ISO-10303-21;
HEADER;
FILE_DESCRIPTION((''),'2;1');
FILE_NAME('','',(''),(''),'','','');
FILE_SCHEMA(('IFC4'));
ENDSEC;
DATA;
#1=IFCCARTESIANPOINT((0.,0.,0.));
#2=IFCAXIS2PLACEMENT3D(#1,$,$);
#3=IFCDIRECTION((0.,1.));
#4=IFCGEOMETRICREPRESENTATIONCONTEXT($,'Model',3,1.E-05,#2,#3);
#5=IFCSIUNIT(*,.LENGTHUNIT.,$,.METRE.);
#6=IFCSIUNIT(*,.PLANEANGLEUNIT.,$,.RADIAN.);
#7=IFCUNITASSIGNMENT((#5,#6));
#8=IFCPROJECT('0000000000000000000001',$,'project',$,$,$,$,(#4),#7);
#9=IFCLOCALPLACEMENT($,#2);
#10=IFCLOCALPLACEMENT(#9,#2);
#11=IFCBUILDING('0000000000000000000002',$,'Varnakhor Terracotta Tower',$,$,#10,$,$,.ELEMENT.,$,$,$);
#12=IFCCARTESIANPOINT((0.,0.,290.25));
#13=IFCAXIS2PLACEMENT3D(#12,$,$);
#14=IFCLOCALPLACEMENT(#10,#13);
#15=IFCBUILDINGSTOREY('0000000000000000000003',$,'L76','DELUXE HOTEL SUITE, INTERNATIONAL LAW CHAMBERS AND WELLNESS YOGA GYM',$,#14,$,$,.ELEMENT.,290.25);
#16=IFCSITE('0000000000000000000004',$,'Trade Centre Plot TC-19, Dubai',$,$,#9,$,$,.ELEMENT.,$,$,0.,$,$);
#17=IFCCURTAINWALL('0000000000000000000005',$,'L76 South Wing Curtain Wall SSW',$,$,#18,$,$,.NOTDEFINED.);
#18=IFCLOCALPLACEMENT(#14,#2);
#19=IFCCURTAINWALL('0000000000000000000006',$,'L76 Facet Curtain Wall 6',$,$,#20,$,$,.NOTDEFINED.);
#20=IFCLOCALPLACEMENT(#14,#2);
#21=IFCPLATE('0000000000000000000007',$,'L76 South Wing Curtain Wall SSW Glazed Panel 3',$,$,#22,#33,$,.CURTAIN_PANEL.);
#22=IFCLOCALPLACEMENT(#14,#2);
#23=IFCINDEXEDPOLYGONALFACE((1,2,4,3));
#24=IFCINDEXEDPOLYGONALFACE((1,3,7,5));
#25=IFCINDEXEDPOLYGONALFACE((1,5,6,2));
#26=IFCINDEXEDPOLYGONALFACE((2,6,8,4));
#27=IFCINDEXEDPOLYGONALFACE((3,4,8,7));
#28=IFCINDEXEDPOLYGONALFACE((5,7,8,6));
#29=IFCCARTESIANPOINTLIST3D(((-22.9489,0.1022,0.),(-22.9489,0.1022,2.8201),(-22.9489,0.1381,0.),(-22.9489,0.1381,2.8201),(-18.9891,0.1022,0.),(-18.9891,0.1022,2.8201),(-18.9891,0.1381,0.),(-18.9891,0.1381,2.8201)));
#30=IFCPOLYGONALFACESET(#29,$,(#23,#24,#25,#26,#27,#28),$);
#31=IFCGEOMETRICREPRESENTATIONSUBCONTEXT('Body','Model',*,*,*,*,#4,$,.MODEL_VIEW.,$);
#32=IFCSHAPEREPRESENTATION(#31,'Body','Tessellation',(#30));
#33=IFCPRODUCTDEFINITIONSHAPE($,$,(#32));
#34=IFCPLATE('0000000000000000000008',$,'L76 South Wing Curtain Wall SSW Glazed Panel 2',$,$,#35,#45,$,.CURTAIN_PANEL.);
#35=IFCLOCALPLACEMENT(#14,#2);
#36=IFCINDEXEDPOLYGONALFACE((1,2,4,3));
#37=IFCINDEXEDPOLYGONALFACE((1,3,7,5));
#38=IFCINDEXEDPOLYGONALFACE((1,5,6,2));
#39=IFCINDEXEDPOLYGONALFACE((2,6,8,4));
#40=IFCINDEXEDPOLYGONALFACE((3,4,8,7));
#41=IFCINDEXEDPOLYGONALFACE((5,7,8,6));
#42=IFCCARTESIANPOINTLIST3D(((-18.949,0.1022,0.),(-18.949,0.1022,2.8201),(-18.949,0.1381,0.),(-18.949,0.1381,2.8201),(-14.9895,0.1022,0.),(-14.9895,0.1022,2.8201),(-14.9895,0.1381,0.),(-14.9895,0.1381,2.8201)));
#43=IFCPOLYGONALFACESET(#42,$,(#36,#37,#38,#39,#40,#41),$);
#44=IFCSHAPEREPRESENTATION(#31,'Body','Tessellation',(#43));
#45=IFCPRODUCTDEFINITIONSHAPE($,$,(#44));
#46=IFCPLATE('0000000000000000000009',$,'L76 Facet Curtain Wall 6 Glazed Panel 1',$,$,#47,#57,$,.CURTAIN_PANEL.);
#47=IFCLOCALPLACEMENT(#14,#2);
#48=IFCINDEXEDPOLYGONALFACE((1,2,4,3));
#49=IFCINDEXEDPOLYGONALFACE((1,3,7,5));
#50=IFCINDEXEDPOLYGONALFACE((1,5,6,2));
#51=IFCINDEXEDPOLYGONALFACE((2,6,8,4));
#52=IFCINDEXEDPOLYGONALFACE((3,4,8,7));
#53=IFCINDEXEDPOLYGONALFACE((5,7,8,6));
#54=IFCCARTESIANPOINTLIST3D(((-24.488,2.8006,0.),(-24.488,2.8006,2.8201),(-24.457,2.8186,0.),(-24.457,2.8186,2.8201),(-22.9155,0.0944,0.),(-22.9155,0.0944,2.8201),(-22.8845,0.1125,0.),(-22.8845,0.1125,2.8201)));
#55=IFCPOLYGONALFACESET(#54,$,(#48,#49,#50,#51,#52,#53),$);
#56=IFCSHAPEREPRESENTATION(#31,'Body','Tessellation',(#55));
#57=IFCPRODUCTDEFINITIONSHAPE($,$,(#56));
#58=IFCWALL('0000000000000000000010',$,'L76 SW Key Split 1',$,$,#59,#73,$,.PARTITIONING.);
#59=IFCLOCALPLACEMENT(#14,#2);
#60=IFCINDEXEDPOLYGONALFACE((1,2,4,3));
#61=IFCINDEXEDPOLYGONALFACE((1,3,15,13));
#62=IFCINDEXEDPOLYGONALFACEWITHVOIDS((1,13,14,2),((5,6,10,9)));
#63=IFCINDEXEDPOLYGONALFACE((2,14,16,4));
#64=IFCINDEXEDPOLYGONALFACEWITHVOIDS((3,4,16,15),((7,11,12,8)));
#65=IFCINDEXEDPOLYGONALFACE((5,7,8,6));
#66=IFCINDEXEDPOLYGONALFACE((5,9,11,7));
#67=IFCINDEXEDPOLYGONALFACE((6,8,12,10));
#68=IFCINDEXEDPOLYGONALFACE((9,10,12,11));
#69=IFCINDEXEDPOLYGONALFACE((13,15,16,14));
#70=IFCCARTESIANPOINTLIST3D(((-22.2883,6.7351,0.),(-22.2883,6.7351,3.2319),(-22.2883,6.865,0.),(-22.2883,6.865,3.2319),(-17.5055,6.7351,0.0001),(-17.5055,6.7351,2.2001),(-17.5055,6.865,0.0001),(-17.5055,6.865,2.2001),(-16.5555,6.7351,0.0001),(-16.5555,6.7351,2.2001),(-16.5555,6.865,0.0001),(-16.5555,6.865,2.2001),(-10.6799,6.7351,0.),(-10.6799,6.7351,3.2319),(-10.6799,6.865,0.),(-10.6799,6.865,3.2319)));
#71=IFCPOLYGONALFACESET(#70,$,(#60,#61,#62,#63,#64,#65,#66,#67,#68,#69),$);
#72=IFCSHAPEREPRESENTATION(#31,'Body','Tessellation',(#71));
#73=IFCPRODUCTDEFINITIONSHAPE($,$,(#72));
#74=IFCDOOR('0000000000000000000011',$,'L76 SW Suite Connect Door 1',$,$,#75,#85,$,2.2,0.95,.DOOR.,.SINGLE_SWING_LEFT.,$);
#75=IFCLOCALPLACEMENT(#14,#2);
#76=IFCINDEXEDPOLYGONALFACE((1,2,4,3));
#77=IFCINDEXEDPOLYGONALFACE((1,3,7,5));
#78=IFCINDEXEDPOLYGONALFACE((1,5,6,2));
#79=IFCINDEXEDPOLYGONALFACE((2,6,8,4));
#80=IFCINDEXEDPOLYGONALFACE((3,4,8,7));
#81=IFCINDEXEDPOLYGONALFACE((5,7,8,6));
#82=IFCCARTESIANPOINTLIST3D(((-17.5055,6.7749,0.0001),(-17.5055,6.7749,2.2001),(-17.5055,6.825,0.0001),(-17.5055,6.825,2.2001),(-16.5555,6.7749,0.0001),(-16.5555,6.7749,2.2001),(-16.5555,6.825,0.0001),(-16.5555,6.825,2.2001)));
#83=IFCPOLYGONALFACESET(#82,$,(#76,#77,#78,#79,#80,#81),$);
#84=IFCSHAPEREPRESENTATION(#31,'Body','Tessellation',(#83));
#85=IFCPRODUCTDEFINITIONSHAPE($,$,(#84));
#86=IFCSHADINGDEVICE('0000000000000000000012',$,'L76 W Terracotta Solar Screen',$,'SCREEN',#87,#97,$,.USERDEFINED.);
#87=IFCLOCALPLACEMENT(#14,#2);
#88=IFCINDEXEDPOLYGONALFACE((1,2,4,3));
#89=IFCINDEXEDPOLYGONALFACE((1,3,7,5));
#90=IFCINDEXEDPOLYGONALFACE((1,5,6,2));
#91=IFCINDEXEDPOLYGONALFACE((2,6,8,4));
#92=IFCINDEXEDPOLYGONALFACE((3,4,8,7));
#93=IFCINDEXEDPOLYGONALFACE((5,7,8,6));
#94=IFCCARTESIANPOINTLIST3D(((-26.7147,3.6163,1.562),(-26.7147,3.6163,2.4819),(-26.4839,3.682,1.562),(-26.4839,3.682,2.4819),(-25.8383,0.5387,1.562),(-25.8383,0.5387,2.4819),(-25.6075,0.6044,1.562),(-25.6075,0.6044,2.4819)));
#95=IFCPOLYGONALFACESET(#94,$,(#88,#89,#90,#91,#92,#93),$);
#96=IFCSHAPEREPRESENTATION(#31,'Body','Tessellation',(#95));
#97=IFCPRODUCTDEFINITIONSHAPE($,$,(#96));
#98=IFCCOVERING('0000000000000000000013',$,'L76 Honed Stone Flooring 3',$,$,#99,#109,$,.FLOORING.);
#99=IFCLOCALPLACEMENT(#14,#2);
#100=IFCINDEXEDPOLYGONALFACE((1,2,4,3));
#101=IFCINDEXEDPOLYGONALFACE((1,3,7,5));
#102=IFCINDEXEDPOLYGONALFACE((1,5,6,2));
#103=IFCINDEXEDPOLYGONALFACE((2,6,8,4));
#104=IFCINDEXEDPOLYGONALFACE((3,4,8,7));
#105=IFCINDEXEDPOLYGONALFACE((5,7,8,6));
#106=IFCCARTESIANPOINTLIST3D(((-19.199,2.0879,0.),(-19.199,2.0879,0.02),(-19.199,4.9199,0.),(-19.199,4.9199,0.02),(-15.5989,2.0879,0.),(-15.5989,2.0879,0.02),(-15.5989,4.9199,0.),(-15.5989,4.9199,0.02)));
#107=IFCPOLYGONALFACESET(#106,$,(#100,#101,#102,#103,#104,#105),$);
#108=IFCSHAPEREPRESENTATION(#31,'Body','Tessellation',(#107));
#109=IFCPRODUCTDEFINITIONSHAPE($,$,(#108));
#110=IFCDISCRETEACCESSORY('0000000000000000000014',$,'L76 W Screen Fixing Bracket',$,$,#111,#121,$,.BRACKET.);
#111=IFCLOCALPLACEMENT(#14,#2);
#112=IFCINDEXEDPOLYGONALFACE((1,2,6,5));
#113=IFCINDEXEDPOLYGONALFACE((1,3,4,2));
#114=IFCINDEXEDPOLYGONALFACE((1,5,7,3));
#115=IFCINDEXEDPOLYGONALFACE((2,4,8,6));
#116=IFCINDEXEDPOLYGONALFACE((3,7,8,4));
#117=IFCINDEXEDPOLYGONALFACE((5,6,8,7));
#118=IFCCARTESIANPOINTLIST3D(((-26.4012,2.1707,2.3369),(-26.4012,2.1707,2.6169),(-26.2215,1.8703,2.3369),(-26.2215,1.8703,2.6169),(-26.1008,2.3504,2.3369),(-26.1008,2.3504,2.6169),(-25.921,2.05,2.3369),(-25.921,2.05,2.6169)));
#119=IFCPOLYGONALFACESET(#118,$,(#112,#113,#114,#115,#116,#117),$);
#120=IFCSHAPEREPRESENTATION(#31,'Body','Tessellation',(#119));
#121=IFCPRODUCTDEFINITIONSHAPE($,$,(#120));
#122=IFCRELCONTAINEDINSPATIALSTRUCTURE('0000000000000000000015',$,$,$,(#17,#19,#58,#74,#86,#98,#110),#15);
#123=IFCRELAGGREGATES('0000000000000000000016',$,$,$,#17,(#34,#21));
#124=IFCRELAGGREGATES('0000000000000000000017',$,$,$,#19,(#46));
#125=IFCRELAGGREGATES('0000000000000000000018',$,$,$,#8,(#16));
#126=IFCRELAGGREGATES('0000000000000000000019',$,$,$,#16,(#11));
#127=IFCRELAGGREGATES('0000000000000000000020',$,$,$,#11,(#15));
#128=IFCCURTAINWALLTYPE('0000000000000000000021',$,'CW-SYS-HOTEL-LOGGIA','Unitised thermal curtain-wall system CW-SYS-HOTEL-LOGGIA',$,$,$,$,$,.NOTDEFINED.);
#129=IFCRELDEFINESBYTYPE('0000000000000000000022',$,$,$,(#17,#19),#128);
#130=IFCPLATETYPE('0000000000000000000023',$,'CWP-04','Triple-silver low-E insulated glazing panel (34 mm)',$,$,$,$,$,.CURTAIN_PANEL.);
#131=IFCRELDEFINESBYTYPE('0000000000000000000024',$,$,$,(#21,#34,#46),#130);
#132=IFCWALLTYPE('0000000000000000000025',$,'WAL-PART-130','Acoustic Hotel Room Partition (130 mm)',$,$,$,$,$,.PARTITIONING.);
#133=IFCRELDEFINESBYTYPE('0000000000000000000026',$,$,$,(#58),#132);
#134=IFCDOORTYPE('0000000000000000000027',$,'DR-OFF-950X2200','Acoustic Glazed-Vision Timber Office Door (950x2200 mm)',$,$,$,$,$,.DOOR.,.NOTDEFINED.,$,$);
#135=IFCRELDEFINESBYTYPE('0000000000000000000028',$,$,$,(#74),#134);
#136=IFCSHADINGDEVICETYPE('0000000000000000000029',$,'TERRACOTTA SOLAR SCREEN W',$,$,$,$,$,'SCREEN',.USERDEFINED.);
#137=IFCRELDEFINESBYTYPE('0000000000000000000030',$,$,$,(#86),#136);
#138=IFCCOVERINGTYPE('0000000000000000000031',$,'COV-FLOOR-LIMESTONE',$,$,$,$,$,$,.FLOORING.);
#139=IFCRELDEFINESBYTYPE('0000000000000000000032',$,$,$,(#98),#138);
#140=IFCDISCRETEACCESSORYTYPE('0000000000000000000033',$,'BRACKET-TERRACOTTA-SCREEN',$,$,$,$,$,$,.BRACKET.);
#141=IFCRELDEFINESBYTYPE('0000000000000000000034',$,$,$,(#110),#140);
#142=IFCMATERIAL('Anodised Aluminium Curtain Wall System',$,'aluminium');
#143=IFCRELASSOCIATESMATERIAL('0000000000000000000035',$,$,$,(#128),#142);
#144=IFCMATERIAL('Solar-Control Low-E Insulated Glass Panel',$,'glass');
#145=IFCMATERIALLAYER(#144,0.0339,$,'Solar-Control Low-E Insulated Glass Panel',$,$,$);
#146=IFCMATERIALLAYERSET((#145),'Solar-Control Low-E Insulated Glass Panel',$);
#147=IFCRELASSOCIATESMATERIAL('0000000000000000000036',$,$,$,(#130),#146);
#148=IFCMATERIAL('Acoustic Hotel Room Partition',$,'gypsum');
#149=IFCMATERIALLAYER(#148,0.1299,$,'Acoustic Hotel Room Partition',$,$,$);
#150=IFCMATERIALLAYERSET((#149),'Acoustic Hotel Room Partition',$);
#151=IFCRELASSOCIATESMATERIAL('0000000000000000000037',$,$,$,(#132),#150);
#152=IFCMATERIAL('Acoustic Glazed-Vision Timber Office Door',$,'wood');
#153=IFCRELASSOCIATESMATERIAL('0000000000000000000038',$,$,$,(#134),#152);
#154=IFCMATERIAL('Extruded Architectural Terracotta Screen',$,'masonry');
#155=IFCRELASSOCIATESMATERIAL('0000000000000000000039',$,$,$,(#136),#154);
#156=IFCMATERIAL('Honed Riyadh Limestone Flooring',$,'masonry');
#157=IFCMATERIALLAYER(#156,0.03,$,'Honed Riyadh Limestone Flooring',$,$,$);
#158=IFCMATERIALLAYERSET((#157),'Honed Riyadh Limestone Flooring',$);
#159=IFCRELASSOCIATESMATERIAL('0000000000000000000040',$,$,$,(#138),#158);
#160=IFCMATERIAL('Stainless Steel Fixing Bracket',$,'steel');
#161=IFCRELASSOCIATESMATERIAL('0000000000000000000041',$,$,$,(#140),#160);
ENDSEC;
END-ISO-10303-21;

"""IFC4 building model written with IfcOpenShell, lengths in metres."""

from ifc_helpers import new_model, si_unit, direction, frame, frame_2d, origin, origin_2d, place, context, subcontext, project, spatial, rectangle, extrude, source, transform, mapped, material, layer, layer_set, type_object, type_shapes, element, fill, aggregate, save


model = new_model("IFC4")

# Units and contexts
model_context = context("Model", 3, precision=1e-05, world=origin(), true_north=direction((0.0, 1.0)))
body_context = subcontext(model_context, "Body", "Model", "MODEL_VIEW")
ifc_project = project(units=[si_unit("LENGTHUNIT", "METRE"), si_unit("PLANEANGLEUNIT", "RADIAN")], contexts=[model_context])

# Site, building, storey
site_placement = place(None, origin())
site = spatial("IfcSite", under=ifc_project, at=site_placement, Name="Trade Centre Plot TC-19, Dubai", CompositionType="ELEMENT", RefElevation=0.0)
building_placement = place(site_placement, origin())
building = spatial("IfcBuilding", under=site, at=building_placement, Name="Varnakhor Terracotta Tower", CompositionType="ELEMENT")
storey_placement = place(building_placement, frame((0.0, 0.0, 290.25)))
storey = spatial("IfcBuildingStorey", under=building, at=storey_placement, Name="L76", Description="DELUXE HOTEL SUITE, INTERNATIONAL LAW CHAMBERS AND WELLNESS YOGA GYM", CompositionType="ELEMENT", Elevation=290.25)

# Curtain wall
ifc_material_1 = material(Name="Anodised Aluminium Curtain Wall System", Category="aluminium")
curtain_wall_type = type_object("IfcCurtainWallType", Name="CW-SYS-HOTEL-LOGGIA", Description="Unitised thermal curtain-wall system CW-SYS-HOTEL-LOGGIA", PredefinedType="NOTDEFINED", material=ifc_material_1)
curtain_wall_1_placement = place(storey_placement, origin())
curtain_wall_1 = element("IfcCurtainWall", 1, at=curtain_wall_1_placement, inside=storey, type_object=curtain_wall_type, Name="L76 South Wing Curtain Wall SSW", PredefinedType="NOTDEFINED")

# Curtain wall
curtain_wall_2_placement = place(storey_placement, origin())
curtain_wall_2 = element("IfcCurtainWall", 2, at=curtain_wall_2_placement, inside=storey, type_object=curtain_wall_type, Name="L76 Facet Curtain Wall 6", PredefinedType="NOTDEFINED")

# Plates
ifc_material_2 = material(Name="Solar-Control Low-E Insulated Glass Panel", Category="glass")
ifc_layer_1 = layer(ifc_material_2, 0.0339, Name="Solar-Control Low-E Insulated Glass Panel")
ifc_layer_set_1 = layer_set([ifc_layer_1], Name="Solar-Control Low-E Insulated Glass Panel")
plate_type = type_object("IfcPlateType", Name="CWP-04", Description="Triple-silver low-E insulated glazing panel (34 mm)", PredefinedType="CURTAIN_PANEL", material=ifc_layer_set_1)
shared_shape_1 = source(origin(), body_context, "Body", "SweptSolid", [
    extrude(rectangle(XDim=3.9597, YDim=0.0359, at=origin_2d()), origin(), (0.0, 0.0, 1.0), 2.8201),
])
plate_1_placement = place(storey_placement, frame((-20.969, 0.1201, 0.0), z_axis=(0.0, 0.0, 1.0), x_axis=(-1.0, 0.0, 0.0)))
plate_1 = element("IfcPlate", 3, at=plate_1_placement, type_object=plate_type, Name="L76 South Wing Curtain Wall SSW Glazed Panel 3", PredefinedType="CURTAIN_PANEL", context=body_context, shape_type="MappedRepresentation", body=[
    mapped(shared_shape_1, transform((0.0, 0.0, 0.0), scale=1.0)),
])
shared_shape_2 = source(origin(), body_context, "Body", "SweptSolid", [
    extrude(rectangle(XDim=3.9595, YDim=0.0359, at=origin_2d()), origin(), (0.0, 0.0, 1.0), 2.8201),
])
plate_2_placement = place(storey_placement, frame((-16.9692, 0.1201, 0.0), z_axis=(0.0, 0.0, 1.0), x_axis=(-1.0, 0.0, 0.0)))
plate_2 = element("IfcPlate", 4, at=plate_2_placement, type_object=plate_type, Name="L76 South Wing Curtain Wall SSW Glazed Panel 2", PredefinedType="CURTAIN_PANEL", context=body_context, shape_type="MappedRepresentation", body=[
    mapped(shared_shape_2, transform((0.0, 0.0, 0.0), scale=1.0)),
])
aggregate(curtain_wall_1, [plate_2, plate_1])
shared_shape_3 = source(origin(), body_context, "Body", "SweptSolid", [
    extrude(rectangle(XDim=3.1299, YDim=0.0359, at=origin_2d()), origin(), (0.0, 0.0, 1.0), 2.8201),
])
plate_3_placement = place(storey_placement, frame((-23.6863, 1.4565, 0.0), z_axis=(0.0, 0.0, 1.0), x_axis=(-0.502416, 0.864626, 0.0)))
plate_3 = element("IfcPlate", 5, at=plate_3_placement, type_object=plate_type, Name="L76 Facet Curtain Wall 6 Glazed Panel 1", PredefinedType="CURTAIN_PANEL", context=body_context, shape_type="MappedRepresentation", body=[
    mapped(shared_shape_3, transform((0.0, 0.0, 0.0), scale=1.0)),
])
aggregate(curtain_wall_2, [plate_3])

# Wall, opening, door
ifc_material_3 = material(Name="Acoustic Hotel Room Partition", Category="gypsum")
ifc_layer_2 = layer(ifc_material_3, 0.1299, Name="Acoustic Hotel Room Partition")
ifc_layer_set_2 = layer_set([ifc_layer_2], Name="Acoustic Hotel Room Partition")
wall_type = type_object("IfcWallType", Name="WAL-PART-130", Description="Acoustic Hotel Room Partition (130 mm)", PredefinedType="PARTITIONING", material=ifc_layer_set_2)
wall_placement = place(storey_placement, frame((-22.2883, 6.8, 0.0), z_axis=(0.0, 0.0, 1.0), x_axis=(1.0, 0.0, 0.0)))
wall = element("IfcWall", 6, at=wall_placement, inside=storey, type_object=wall_type, Name="L76 SW Key Split 1", PredefinedType="PARTITIONING", context=body_context, shape_type="SweptSolid", body=[
    extrude(rectangle(XDim=11.6084, YDim=0.1299, at=frame_2d((5.8042, 0.0))), origin(), (0.0, 0.0, 1.0), 3.2319),
])
opening_placement = place(wall_placement, frame((4.7827, 0.0, 0.0)))
opening = element("IfcOpeningElement", 7, at=opening_placement, cuts=wall, PredefinedType="OPENING", context=body_context, shape_type="SweptSolid", body=[
    extrude(rectangle(XDim=0.95, YDim=2.2, at=frame_2d((0.4751, 1.1001))), frame((0.0, 0.075, 0.0), z_axis=(0.0, -1.0, 0.0), x_axis=(1.0, 0.0, 0.0)), (0.0, 0.0, 1.0), 0.1499),
])
ifc_material_4 = material(Name="Acoustic Glazed-Vision Timber Office Door", Category="wood")
door_type = type_object("IfcDoorType", Name="DR-OFF-950X2200", Description="Acoustic Glazed-Vision Timber Office Door (950x2200 mm)", OperationType="NOTDEFINED", PredefinedType="DOOR", material=ifc_material_4)
shared_shape_4 = source(origin(), body_context, "Body", "SweptSolid", [
    extrude(rectangle(XDim=0.95, YDim=2.2, at=frame_2d((0.4751, 1.1001))), frame((0.0, 0.0249, 0.0), z_axis=(0.0, -1.0, 0.0), x_axis=(1.0, 0.0, 0.0)), (0.0, 0.0, 1.0), 0.05),
])
type_shapes(door_type, [shared_shape_4])
door_placement = place(opening_placement, origin())
door = element("IfcDoor", 8, at=door_placement, inside=storey, type_object=door_type, Name="L76 SW Suite Connect Door 1", OperationType="SINGLE_SWING_LEFT", OverallHeight=2.2, OverallWidth=0.95, PredefinedType="DOOR", context=body_context, shape_type="MappedRepresentation", body=[
    mapped(shared_shape_4, transform((0.0, 0.0, 0.0), scale=1.0)),
])
fill(opening, door)

# Shading device
ifc_material_5 = material(Name="Extruded Architectural Terracotta Screen", Category="masonry")
shading_device_type = type_object("IfcShadingDeviceType", Name="TERRACOTTA SOLAR SCREEN W", ElementType="SCREEN", PredefinedType="USERDEFINED", material=ifc_material_5)
shared_shape_5 = source(origin(), body_context, "Body", "SweptSolid", [
    extrude(rectangle(XDim=3.2, YDim=0.24, at=origin_2d()), origin(), (0.0, 0.0, 1.0), 0.9199),
])
type_shapes(shading_device_type, [shared_shape_5])
shading_device_placement = place(storey_placement, frame((-26.1611, 2.1104, 1.562), z_axis=(0.0, 0.0, 1.0), x_axis=(0.273875, -0.961765, 0.0)))
element("IfcShadingDevice", 9, at=shading_device_placement, inside=storey, type_object=shading_device_type, Name="L76 W Terracotta Solar Screen", ObjectType="SCREEN", PredefinedType="USERDEFINED", context=body_context, shape_type="MappedRepresentation", body=[
    mapped(shared_shape_5, transform((0.0, 0.0, 0.0), scale=1.0)),
])

# Covering
ifc_material_6 = material(Name="Honed Riyadh Limestone Flooring", Category="masonry")
ifc_layer_3 = layer(ifc_material_6, 0.03, Name="Honed Riyadh Limestone Flooring")
ifc_layer_set_3 = layer_set([ifc_layer_3], Name="Honed Riyadh Limestone Flooring")
covering_type = type_object("IfcCoveringType", Name="COV-FLOOR-LIMESTONE", PredefinedType="FLOORING", material=ifc_layer_set_3)
shared_shape_6 = source(origin(), body_context, "Body", "SweptSolid", [
    extrude(rectangle(XDim=3.6001, YDim=2.832, at=origin_2d()), origin(), (0.0, 0.0, 1.0), 0.02),
])
covering_placement = place(storey_placement, frame((-17.3989, 3.5039, 0.0), z_axis=(0.0, 0.0, 1.0), x_axis=(1.0, 0.0, 0.0)))
element("IfcCovering", 10, at=covering_placement, inside=storey, type_object=covering_type, Name="L76 Honed Stone Flooring 3", PredefinedType="FLOORING", context=body_context, shape_type="MappedRepresentation", body=[
    mapped(shared_shape_6, transform((0.0, 0.0, 0.0), scale=1.0)),
])

# Discrete accessory
ifc_material_7 = material(Name="Stainless Steel Fixing Bracket", Category="steel")
discrete_accessory_type = type_object("IfcDiscreteAccessoryType", Name="BRACKET-TERRACOTTA-SCREEN", PredefinedType="BRACKET", material=ifc_material_7)
shared_shape_7 = source(origin(), body_context, "Body", "SweptSolid", [
    extrude(rectangle(XDim=0.3501, YDim=0.3501, at=origin_2d()), origin(), (0.0, 0.0, 1.0), 0.28),
])
type_shapes(discrete_accessory_type, [shared_shape_7])
discrete_accessory_placement = place(storey_placement, frame((-26.1611, 2.1104, 2.3369), z_axis=(0.0, 0.0, 1.0), x_axis=(0.513466, -0.85811, 0.0)))
element("IfcDiscreteAccessory", 11, at=discrete_accessory_placement, inside=storey, type_object=discrete_accessory_type, Name="L76 W Screen Fixing Bracket", PredefinedType="BRACKET", context=body_context, shape_type="MappedRepresentation", body=[
    mapped(shared_shape_7, transform((0.0, 0.0, 0.0), scale=1.0)),
])

save(model, "model.ifc")
